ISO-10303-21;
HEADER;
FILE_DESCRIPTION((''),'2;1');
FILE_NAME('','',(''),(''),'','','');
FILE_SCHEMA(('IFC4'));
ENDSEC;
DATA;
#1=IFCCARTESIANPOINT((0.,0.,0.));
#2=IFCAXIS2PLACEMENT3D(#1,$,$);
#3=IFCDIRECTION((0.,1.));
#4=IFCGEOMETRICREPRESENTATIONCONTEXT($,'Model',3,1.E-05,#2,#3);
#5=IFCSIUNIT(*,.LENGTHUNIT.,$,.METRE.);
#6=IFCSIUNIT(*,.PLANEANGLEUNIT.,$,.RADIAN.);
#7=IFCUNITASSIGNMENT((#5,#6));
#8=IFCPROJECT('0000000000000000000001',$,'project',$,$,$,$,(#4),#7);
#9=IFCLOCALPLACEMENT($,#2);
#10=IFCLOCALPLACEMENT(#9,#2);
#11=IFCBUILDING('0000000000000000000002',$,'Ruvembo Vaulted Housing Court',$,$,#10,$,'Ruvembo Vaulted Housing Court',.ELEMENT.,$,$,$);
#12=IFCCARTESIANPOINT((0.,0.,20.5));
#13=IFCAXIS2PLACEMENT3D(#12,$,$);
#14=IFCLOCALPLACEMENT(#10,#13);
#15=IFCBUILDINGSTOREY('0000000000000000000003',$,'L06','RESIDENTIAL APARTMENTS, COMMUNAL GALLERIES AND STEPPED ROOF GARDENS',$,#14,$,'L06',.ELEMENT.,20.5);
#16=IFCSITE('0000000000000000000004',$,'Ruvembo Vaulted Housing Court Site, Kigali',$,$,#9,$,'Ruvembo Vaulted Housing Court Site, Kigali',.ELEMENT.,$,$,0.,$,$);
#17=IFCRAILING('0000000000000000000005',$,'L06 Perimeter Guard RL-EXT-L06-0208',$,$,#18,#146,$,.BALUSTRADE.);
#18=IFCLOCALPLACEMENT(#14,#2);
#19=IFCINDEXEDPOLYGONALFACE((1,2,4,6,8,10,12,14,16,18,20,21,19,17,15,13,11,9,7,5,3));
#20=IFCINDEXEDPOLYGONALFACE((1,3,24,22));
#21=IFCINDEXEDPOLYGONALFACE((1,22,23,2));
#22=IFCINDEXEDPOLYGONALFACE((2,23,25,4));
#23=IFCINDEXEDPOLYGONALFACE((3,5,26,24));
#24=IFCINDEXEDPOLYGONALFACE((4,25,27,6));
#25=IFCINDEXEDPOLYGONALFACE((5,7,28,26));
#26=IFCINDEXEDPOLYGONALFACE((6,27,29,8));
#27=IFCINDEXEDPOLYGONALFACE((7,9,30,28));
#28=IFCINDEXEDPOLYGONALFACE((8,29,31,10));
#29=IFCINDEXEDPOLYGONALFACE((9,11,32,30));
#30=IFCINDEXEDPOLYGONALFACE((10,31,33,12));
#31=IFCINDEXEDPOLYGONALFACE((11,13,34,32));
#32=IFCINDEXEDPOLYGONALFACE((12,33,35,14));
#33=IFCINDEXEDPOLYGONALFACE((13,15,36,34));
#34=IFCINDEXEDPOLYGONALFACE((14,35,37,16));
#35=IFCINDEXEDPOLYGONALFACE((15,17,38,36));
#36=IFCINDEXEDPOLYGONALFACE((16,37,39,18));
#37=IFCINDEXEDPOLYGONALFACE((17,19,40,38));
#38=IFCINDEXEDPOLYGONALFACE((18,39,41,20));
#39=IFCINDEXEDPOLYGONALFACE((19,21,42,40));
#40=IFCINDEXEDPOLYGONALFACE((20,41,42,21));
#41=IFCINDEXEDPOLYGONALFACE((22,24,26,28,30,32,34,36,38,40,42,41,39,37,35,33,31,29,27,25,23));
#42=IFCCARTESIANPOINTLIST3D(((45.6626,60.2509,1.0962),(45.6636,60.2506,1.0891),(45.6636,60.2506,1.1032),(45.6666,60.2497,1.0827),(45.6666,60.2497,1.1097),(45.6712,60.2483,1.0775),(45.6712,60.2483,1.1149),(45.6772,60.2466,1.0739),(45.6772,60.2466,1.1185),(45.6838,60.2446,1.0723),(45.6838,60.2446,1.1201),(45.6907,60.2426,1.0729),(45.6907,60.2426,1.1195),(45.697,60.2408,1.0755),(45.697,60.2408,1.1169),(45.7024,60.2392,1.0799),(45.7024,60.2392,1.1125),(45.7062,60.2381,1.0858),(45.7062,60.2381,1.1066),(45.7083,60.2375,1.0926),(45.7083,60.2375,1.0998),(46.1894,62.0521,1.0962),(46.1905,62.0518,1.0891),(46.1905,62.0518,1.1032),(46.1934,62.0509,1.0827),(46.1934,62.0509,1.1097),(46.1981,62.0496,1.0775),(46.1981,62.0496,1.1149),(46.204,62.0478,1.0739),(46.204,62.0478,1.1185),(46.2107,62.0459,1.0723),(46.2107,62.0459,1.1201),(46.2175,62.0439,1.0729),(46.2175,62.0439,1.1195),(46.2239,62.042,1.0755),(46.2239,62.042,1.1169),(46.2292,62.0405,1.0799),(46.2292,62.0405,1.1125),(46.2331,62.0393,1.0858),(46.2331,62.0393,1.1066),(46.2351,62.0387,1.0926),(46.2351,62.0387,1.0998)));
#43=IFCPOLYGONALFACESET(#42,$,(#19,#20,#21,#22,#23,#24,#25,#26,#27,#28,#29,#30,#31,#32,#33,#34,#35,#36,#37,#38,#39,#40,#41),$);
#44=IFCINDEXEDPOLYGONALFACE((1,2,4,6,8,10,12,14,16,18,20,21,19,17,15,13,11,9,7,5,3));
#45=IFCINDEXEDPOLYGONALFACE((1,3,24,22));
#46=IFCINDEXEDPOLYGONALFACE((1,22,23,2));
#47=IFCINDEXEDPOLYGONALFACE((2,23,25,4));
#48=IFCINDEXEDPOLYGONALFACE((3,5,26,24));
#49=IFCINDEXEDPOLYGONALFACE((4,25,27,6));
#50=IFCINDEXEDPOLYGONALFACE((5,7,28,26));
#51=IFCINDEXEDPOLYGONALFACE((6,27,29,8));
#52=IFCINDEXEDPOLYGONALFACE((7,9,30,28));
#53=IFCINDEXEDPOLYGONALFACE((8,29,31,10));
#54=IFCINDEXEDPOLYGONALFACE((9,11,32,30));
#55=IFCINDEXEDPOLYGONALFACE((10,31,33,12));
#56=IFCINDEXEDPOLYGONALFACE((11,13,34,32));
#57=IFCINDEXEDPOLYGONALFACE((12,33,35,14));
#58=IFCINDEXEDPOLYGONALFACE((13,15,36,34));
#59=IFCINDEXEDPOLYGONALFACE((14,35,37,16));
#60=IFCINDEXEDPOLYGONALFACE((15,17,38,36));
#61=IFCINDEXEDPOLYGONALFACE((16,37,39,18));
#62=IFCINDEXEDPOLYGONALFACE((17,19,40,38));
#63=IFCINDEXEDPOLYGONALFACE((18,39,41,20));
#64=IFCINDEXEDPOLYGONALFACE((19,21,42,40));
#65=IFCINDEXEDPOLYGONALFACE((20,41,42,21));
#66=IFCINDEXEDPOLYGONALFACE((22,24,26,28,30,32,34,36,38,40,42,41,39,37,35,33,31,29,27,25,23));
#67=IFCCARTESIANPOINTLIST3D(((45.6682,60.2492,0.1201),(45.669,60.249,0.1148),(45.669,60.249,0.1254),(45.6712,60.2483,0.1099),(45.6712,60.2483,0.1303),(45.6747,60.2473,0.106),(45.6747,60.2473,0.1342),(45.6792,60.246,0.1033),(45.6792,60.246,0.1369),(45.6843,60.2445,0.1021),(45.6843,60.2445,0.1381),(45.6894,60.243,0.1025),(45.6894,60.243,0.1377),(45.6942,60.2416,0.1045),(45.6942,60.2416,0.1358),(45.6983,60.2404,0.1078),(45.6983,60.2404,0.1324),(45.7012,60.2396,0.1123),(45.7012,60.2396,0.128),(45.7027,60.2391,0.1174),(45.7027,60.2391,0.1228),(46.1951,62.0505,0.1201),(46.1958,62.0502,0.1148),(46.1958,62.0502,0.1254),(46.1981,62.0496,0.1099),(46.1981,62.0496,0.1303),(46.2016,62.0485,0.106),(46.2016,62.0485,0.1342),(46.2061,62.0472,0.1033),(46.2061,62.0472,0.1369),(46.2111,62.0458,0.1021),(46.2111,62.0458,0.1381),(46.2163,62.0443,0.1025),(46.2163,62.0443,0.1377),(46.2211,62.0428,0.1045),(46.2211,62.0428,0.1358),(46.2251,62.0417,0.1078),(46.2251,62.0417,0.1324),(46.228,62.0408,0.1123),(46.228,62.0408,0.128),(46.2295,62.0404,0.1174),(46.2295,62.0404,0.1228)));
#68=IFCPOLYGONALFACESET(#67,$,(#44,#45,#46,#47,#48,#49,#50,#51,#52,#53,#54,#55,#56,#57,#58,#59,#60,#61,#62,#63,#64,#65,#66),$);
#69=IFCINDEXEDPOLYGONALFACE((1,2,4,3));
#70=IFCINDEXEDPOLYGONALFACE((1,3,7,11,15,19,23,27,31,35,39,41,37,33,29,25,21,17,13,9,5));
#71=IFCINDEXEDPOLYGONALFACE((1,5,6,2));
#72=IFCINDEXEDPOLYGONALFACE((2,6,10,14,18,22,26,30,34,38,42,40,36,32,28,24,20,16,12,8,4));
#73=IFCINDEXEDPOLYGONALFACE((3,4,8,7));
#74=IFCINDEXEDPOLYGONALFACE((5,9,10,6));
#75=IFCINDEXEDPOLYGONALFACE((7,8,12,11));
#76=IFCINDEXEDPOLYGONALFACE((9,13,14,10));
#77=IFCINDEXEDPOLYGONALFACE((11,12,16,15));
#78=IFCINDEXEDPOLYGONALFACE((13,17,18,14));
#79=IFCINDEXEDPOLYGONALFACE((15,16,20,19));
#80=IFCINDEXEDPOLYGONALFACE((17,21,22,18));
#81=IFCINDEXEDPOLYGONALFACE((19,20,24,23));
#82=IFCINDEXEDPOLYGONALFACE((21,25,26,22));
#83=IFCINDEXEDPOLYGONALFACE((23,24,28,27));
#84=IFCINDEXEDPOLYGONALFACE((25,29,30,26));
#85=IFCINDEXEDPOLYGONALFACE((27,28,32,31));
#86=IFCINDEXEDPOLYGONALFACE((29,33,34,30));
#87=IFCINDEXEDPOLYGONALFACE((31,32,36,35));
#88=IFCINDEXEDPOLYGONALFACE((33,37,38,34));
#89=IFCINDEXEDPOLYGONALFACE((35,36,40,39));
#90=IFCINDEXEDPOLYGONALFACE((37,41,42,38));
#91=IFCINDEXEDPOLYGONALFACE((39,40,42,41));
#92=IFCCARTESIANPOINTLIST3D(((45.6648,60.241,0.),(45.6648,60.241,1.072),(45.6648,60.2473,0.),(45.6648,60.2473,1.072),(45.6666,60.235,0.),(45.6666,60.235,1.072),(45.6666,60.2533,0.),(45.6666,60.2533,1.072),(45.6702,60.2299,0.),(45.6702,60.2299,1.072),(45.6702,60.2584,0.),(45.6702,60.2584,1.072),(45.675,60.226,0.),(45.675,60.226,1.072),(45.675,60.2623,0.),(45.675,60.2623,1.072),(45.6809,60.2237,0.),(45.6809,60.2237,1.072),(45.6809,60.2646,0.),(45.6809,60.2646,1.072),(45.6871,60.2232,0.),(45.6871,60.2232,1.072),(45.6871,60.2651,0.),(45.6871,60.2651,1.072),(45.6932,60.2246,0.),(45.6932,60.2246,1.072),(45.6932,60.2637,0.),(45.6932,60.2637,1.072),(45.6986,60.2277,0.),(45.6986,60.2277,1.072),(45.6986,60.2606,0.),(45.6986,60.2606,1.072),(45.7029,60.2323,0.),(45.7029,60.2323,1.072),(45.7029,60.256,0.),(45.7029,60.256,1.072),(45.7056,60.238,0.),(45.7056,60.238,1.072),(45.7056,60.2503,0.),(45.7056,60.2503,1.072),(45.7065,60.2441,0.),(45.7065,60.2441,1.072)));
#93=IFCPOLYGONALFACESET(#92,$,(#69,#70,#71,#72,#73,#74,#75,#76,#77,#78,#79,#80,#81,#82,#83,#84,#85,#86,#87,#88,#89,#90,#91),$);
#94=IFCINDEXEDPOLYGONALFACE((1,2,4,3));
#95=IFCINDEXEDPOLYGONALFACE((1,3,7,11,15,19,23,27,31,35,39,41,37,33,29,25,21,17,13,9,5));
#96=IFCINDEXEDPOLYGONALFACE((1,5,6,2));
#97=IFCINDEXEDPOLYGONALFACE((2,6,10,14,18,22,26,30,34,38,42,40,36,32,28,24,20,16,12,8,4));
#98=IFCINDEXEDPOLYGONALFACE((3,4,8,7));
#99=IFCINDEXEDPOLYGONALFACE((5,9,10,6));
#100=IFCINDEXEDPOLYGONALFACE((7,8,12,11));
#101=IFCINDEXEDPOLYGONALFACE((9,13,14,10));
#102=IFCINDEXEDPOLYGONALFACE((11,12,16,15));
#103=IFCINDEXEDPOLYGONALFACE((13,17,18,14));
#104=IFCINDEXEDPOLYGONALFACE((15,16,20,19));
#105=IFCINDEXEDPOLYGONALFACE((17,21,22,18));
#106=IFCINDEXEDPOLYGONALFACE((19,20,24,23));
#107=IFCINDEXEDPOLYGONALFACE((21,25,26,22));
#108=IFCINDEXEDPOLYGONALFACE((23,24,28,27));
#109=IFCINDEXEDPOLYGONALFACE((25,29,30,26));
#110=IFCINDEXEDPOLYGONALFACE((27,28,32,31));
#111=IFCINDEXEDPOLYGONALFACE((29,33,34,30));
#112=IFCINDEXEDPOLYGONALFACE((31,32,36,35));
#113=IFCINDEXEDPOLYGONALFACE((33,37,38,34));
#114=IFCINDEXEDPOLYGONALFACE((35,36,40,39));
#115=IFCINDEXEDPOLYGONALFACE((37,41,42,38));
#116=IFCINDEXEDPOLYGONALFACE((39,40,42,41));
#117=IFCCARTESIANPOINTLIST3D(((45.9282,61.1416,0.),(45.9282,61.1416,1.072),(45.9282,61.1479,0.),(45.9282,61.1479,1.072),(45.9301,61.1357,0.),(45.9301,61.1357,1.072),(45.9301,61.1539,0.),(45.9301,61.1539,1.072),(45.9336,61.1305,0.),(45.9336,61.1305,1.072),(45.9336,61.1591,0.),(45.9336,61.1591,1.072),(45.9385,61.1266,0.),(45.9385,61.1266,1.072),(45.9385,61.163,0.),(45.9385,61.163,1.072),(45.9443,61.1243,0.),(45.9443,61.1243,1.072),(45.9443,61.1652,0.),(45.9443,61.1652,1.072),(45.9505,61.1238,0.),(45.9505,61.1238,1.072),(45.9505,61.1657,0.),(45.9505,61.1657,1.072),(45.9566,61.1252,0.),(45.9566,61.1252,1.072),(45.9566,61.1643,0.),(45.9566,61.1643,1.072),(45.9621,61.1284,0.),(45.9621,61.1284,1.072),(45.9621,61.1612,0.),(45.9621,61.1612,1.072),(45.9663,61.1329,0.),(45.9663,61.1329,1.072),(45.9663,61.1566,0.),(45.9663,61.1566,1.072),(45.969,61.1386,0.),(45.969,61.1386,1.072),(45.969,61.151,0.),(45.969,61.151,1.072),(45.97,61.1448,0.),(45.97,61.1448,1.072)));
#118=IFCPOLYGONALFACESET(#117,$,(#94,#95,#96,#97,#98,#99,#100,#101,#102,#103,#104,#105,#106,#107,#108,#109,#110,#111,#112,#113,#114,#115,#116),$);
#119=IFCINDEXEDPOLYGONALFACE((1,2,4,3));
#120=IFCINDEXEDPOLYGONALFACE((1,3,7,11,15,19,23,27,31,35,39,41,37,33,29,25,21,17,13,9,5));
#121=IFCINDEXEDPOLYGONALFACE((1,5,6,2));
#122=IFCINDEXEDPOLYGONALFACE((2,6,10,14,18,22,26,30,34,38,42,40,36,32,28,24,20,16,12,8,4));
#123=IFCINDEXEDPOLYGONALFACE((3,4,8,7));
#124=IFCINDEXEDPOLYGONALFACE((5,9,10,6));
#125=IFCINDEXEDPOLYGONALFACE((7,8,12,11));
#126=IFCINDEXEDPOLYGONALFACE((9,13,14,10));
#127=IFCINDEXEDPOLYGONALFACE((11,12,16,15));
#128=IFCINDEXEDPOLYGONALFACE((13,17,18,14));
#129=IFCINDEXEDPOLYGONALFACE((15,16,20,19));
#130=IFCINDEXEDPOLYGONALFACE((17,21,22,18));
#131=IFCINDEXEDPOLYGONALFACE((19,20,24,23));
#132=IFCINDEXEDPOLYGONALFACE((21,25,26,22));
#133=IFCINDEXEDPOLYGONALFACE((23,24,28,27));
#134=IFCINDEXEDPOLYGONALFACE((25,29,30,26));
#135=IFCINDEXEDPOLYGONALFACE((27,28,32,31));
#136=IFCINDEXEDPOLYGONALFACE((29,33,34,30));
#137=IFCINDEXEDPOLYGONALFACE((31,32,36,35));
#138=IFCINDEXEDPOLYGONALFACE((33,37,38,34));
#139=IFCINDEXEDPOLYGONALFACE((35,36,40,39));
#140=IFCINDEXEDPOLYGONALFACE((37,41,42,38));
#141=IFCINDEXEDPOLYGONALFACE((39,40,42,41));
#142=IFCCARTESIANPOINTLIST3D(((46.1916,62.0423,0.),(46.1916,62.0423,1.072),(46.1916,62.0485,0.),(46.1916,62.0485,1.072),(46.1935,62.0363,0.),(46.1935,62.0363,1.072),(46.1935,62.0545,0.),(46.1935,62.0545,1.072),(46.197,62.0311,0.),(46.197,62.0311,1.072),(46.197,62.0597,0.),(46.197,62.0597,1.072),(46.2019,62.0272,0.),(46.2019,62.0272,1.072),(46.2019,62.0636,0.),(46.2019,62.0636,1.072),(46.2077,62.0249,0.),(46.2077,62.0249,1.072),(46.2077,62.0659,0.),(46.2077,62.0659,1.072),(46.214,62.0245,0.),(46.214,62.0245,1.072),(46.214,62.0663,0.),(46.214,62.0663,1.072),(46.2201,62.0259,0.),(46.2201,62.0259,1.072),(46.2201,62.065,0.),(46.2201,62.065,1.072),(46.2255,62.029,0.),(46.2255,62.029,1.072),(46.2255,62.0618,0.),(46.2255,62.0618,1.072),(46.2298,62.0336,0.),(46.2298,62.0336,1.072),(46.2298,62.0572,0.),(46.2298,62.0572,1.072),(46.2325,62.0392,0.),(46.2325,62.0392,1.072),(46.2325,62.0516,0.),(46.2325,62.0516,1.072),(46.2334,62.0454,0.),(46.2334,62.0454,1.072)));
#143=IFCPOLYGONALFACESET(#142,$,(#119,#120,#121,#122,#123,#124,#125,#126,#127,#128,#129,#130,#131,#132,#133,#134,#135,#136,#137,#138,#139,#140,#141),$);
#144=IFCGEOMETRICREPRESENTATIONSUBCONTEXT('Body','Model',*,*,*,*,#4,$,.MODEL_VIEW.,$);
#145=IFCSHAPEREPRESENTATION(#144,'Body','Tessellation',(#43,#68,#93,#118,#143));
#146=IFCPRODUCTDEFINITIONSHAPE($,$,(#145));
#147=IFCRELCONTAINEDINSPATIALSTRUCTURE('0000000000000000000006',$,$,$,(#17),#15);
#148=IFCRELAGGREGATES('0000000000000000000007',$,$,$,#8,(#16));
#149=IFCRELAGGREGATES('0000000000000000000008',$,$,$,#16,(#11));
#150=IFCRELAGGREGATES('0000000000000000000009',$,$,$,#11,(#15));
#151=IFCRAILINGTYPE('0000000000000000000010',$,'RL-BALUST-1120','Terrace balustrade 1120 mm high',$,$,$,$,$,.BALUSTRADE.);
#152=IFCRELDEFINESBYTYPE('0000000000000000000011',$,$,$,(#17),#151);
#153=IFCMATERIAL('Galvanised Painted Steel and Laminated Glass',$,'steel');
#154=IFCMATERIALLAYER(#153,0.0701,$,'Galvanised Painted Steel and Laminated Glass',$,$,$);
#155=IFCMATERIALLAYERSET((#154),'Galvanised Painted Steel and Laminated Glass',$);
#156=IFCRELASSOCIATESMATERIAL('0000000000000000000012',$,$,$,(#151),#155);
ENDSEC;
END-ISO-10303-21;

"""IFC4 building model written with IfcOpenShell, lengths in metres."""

from ifc_helpers import new_model, si_unit, direction, frame, origin, origin_2d, place, context, subcontext, project, spatial, circle, extrude, material, layer, layer_set, type_object, element, save


model = new_model("IFC4")

# Units and contexts
model_context = context("Model", 3, precision=1e-05, world=origin(), true_north=direction((0.0, 1.0)))
body_context = subcontext(model_context, "Body", "Model", "MODEL_VIEW")
ifc_project = project(units=[si_unit("LENGTHUNIT", "METRE"), si_unit("PLANEANGLEUNIT", "RADIAN")], contexts=[model_context])

# Site, building, storey
site_placement = place(None, origin())
site = spatial("IfcSite", under=ifc_project, at=site_placement, Name="Ruvembo Vaulted Housing Court Site, Kigali", LongName="Ruvembo Vaulted Housing Court Site, Kigali", CompositionType="ELEMENT", RefElevation=0.0)
building_placement = place(site_placement, origin())
building = spatial("IfcBuilding", under=site, at=building_placement, Name="Ruvembo Vaulted Housing Court", LongName="Ruvembo Vaulted Housing Court", CompositionType="ELEMENT")
storey_placement = place(building_placement, frame((0.0, 0.0, 20.5)))
storey = spatial("IfcBuildingStorey", under=building, at=storey_placement, Name="L06", Description="RESIDENTIAL APARTMENTS, COMMUNAL GALLERIES AND STEPPED ROOF GARDENS", LongName="L06", CompositionType="ELEMENT", Elevation=20.5)

# Railing
ifc_material_1 = material(Name="Galvanised Painted Steel and Laminated Glass", Category="steel")
ifc_layer_1 = layer(ifc_material_1, 0.0701, Name="Galvanised Painted Steel and Laminated Glass")
ifc_layer_set_1 = layer_set([ifc_layer_1], Name="Galvanised Painted Steel and Laminated Glass")
railing_type = type_object("IfcRailingType", Name="RL-BALUST-1120", Description="Terrace balustrade 1120 mm high", PredefinedType="BALUSTRADE", material=ifc_layer_set_1)
railing_1_placement = place(storey_placement, frame((45.6855, 60.2441, 0.0)))
element("IfcRailing", 1, at=railing_1_placement, inside=storey, type_object=railing_type, Name="L06 Perimeter Guard RL-EXT-L06-0208", PredefinedType="BALUSTRADE", context=body_context, shape_type="SweptSolid", body=[
    extrude(circle(Radius=0.0239, at=origin_2d()), frame((0.0, 0.0, 1.0962), z_axis=(0.280729, 0.959787, 0.0), x_axis=(-0.959787, 0.280729, 0.0)), (0.0, 0.0, 1.0), 1.8767),
    extrude(circle(Radius=0.0181, at=origin_2d()), frame((0.0, 0.0, 0.1201), z_axis=(0.280729, 0.959787, 0.0), x_axis=(-0.959787, 0.280729, 0.0)), (0.0, 0.0, 1.0), 1.8767),
    extrude(circle(Radius=0.021, at=origin_2d()), origin(), (0.0, 0.0, 1.0), 1.072),
    extrude(circle(Radius=0.021, at=origin_2d()), frame((0.2634, 0.9006, 0.0)), (0.0, 0.0, 1.0), 1.072),
    extrude(circle(Radius=0.021, at=origin_2d()), frame((0.5269, 1.8013, 0.0)), (0.0, 0.0, 1.0), 1.072),
])

save(model, "model.ifc")
